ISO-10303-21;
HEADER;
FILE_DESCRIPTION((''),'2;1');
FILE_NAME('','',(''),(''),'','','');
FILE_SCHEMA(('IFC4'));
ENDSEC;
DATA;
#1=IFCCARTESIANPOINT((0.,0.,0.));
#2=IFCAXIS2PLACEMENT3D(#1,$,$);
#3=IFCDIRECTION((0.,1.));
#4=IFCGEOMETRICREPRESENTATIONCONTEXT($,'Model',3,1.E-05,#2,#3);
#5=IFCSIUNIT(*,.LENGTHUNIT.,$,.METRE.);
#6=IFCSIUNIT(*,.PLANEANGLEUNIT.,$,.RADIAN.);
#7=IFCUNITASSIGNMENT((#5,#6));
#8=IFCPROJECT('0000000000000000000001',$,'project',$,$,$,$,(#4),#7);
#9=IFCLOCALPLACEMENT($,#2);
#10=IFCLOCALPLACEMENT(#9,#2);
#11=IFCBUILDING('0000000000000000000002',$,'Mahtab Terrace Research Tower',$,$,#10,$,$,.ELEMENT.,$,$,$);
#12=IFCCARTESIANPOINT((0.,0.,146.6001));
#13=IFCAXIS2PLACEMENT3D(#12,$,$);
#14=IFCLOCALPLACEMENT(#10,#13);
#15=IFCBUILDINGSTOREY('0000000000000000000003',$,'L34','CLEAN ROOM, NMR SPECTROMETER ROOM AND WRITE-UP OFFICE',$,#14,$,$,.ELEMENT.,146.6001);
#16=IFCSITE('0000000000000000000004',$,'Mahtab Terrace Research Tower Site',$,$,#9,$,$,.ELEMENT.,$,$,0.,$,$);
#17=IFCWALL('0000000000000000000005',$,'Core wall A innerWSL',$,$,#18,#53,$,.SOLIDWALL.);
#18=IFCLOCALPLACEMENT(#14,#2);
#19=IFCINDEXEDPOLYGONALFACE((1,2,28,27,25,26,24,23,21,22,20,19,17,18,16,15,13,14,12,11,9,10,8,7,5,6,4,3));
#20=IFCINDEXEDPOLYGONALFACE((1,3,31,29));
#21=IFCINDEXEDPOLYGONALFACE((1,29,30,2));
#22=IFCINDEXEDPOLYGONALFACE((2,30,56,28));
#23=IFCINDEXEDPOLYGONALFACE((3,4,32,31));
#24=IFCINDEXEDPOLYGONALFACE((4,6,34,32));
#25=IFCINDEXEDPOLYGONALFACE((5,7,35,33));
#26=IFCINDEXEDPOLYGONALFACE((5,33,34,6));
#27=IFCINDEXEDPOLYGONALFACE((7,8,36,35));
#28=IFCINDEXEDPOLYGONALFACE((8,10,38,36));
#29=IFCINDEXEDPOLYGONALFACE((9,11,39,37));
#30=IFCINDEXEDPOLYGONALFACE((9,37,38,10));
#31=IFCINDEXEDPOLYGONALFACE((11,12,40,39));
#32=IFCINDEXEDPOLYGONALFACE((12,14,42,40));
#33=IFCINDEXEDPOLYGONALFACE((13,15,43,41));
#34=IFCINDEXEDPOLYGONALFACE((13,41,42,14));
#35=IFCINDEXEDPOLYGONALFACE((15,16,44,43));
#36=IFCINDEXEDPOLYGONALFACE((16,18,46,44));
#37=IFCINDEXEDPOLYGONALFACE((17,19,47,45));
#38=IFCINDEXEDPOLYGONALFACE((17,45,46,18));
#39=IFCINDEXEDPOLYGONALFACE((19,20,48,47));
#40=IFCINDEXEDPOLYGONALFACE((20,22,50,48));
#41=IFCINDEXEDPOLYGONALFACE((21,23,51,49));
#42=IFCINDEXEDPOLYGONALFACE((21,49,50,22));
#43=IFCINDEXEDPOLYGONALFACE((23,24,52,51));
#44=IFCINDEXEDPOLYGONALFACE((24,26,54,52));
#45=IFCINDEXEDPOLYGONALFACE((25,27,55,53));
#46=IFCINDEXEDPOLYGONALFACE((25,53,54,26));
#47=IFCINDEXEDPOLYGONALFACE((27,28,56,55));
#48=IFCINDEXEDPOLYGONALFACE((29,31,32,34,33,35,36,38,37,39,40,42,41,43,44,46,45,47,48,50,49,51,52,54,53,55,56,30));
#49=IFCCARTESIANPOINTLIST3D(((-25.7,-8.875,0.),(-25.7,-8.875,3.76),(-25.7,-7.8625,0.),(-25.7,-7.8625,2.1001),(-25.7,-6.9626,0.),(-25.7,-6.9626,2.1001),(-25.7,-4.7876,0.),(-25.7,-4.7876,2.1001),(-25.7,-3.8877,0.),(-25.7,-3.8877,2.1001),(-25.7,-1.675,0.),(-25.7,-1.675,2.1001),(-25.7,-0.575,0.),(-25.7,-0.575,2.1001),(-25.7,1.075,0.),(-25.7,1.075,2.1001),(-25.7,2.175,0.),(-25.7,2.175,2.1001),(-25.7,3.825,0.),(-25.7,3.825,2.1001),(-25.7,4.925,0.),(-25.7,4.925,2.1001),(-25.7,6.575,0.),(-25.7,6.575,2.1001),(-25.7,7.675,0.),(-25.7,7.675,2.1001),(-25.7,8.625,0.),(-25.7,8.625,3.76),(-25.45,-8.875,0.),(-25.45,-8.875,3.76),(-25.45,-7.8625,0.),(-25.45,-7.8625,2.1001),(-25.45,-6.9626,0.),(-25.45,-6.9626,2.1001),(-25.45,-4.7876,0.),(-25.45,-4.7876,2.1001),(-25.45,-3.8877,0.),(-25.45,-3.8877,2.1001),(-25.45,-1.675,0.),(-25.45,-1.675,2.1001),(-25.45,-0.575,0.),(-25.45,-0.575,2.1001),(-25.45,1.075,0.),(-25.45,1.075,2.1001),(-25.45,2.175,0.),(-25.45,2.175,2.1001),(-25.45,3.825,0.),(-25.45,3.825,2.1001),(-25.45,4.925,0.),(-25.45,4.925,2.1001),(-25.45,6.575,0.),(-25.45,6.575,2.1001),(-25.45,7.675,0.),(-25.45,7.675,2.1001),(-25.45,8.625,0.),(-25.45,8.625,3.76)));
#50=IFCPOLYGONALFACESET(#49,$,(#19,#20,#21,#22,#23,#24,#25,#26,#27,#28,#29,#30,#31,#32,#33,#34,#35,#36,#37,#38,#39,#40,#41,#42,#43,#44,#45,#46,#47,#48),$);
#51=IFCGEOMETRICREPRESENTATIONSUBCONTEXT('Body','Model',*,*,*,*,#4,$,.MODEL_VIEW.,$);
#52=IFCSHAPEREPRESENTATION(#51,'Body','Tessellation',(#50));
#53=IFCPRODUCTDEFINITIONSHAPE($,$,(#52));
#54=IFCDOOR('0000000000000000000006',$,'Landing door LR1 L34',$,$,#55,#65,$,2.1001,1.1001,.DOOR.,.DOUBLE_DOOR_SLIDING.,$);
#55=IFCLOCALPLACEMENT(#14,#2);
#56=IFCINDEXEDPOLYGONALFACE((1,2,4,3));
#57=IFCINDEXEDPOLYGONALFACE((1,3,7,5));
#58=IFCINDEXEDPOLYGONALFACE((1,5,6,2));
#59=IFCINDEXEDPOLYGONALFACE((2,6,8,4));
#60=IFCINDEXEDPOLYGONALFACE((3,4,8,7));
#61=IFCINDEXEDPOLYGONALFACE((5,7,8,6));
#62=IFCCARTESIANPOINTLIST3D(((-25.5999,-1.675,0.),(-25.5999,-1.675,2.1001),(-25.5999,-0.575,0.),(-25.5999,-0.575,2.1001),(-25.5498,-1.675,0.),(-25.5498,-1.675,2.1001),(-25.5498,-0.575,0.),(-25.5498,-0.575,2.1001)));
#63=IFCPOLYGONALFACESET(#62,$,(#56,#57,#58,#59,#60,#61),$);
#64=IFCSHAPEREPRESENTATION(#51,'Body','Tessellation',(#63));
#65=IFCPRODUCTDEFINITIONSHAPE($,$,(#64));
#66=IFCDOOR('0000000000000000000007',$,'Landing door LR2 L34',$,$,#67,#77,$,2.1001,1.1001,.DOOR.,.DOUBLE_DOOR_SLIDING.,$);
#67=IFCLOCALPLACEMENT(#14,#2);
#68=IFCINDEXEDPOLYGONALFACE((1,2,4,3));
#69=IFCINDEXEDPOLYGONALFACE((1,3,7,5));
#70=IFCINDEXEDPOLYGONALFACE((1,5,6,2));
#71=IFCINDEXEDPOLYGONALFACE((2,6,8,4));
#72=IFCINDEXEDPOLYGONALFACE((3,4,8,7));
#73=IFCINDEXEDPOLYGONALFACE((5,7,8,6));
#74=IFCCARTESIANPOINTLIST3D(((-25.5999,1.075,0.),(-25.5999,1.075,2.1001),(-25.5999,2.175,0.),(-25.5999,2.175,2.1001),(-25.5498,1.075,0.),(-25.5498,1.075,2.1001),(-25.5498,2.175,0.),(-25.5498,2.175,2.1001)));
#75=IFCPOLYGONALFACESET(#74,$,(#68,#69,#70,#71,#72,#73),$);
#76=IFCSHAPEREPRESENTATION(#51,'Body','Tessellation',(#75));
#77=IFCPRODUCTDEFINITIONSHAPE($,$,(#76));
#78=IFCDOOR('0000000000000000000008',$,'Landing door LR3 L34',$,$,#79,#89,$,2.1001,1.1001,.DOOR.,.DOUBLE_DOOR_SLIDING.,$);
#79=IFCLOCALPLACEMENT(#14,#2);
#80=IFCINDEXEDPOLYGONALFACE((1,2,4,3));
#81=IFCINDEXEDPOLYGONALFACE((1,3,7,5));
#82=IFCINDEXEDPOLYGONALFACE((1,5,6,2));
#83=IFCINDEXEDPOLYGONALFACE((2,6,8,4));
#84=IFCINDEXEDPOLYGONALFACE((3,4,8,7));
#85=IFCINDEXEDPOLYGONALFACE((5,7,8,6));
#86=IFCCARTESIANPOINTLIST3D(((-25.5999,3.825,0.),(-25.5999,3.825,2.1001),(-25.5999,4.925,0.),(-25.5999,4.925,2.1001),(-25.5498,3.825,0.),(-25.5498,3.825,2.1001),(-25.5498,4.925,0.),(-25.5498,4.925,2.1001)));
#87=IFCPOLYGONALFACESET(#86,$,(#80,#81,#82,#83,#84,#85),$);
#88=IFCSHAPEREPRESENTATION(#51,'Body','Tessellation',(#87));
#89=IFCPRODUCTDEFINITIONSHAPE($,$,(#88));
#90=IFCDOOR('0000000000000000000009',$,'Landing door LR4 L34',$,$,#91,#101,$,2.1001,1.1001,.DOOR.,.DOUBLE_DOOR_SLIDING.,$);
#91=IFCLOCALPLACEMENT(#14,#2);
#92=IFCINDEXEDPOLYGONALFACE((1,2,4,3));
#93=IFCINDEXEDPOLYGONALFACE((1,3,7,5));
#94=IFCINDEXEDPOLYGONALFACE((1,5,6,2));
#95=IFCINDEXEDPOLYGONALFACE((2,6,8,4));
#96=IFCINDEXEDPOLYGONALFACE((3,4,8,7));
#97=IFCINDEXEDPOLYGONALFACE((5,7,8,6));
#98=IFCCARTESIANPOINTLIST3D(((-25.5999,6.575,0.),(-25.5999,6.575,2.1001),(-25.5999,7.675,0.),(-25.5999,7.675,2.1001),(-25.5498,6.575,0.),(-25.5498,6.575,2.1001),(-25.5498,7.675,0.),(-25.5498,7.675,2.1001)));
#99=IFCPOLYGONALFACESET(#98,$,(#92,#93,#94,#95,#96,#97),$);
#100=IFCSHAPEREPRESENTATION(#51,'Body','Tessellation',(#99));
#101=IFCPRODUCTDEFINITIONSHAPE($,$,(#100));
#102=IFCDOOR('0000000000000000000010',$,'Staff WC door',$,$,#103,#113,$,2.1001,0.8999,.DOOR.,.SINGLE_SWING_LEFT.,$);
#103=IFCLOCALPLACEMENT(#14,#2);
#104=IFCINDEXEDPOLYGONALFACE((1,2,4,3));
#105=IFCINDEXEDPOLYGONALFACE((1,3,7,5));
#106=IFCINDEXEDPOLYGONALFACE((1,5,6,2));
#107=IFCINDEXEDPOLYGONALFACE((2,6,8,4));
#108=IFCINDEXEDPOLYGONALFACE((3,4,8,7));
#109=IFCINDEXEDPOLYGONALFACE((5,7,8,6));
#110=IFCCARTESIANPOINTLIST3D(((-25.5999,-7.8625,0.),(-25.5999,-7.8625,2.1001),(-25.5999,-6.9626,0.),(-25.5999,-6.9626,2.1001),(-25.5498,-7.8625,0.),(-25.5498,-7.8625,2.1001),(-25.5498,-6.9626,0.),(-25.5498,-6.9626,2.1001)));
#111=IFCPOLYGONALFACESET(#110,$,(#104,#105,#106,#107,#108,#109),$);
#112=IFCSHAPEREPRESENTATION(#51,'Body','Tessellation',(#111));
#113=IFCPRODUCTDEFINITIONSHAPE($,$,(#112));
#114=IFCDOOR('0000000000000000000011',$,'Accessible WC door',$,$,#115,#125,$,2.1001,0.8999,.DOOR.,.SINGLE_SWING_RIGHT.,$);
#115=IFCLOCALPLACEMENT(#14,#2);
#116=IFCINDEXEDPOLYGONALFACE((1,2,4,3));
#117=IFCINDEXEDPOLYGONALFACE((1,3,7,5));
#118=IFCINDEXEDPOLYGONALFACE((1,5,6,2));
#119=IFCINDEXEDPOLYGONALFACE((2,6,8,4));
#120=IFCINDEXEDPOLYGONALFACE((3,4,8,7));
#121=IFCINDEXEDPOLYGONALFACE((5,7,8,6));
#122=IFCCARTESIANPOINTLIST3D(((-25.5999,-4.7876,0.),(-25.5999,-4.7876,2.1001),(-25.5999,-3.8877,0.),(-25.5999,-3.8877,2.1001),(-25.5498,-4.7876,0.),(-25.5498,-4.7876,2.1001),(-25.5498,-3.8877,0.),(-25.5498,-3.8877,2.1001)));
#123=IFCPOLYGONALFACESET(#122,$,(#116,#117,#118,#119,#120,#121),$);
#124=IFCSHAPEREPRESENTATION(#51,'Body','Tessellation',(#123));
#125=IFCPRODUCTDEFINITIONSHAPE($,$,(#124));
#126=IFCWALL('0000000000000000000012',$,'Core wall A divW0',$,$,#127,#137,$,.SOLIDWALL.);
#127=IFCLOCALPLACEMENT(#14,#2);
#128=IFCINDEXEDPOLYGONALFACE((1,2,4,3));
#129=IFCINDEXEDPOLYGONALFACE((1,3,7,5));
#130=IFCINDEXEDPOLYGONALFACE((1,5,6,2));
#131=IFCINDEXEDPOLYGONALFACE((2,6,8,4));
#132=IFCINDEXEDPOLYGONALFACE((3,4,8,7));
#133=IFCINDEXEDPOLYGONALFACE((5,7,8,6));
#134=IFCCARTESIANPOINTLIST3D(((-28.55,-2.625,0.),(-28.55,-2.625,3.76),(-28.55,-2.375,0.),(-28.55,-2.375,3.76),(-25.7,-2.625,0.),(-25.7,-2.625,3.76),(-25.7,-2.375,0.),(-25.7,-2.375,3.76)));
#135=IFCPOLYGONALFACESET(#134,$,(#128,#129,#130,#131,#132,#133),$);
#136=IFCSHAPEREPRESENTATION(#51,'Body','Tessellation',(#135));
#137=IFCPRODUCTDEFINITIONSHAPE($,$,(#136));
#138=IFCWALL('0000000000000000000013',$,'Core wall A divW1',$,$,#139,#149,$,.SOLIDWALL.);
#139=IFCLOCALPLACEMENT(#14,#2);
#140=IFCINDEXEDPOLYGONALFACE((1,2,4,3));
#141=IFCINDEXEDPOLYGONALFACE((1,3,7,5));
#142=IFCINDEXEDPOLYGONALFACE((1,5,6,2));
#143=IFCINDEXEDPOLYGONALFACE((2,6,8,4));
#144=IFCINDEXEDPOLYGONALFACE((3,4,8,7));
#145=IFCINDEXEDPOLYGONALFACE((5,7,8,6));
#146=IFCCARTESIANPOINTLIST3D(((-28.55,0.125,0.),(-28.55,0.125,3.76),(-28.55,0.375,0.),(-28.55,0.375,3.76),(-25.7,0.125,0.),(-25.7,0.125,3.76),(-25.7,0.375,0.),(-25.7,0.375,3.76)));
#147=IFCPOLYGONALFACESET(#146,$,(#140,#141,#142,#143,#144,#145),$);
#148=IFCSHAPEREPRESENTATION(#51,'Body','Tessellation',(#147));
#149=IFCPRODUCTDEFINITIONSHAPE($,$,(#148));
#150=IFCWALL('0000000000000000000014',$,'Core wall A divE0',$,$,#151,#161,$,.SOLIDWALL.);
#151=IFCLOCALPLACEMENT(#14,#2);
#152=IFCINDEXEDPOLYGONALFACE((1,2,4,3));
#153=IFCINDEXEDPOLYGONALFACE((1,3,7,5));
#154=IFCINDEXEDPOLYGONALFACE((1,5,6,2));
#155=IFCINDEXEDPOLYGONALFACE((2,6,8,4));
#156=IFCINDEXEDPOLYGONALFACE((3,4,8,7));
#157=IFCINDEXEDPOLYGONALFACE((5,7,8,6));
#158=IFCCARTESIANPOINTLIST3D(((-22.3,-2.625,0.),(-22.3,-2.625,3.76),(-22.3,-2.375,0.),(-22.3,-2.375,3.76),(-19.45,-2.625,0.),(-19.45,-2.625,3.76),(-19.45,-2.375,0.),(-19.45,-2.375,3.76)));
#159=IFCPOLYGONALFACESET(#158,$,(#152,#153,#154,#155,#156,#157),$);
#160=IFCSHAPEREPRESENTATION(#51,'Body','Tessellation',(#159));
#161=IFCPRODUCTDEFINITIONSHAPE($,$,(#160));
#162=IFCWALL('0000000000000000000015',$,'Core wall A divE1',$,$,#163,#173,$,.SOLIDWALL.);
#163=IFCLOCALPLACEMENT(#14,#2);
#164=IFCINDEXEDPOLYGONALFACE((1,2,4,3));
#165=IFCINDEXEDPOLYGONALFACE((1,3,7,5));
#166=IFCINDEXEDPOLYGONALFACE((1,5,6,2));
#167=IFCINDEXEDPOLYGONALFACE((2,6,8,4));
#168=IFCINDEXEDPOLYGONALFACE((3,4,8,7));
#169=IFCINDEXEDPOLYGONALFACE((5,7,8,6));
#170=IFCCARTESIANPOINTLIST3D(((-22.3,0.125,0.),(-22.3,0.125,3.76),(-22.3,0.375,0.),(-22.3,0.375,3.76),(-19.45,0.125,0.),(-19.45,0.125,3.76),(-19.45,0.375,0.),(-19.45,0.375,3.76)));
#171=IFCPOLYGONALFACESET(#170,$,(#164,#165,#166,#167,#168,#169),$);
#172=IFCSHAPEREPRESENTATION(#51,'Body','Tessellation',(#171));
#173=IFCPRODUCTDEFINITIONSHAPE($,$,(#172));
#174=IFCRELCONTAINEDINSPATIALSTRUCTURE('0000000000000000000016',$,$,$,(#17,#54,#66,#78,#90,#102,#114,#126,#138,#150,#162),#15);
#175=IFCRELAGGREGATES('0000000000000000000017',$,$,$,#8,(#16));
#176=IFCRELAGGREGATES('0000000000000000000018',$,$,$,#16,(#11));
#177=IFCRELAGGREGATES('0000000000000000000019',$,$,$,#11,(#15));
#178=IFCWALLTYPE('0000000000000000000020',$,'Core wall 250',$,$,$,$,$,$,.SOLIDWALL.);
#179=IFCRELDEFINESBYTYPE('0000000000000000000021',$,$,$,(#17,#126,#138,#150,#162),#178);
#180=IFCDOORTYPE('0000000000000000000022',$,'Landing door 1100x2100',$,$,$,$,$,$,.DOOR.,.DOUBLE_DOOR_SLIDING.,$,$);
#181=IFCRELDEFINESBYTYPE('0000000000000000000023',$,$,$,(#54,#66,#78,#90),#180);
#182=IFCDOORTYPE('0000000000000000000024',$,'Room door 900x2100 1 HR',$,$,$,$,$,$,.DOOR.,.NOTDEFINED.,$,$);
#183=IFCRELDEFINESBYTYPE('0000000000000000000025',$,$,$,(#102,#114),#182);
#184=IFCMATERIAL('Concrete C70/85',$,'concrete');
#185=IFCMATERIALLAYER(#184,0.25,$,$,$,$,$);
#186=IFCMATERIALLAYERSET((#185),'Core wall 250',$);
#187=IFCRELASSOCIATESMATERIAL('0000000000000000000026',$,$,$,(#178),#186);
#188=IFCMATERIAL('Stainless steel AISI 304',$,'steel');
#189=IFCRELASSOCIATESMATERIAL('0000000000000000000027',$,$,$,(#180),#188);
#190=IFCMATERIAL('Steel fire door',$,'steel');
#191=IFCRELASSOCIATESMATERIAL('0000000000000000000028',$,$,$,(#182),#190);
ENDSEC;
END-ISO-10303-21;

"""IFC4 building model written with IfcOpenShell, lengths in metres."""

from ifc_helpers import new_model, si_unit, direction, frame, frame_2d, origin, place, context, subcontext, project, spatial, rectangle, extrude, material, layer, layer_set, type_object, element, fill, save


model = new_model("IFC4")

# Units and contexts
model_context = context("Model", 3, precision=1e-05, world=origin(), true_north=direction((0.0, 1.0)))
body_context = subcontext(model_context, "Body", "Model", "MODEL_VIEW")
ifc_project = project(units=[si_unit("LENGTHUNIT", "METRE"), si_unit("PLANEANGLEUNIT", "RADIAN")], contexts=[model_context])

# Site, building, storey
site_placement = place(None, origin())
site = spatial("IfcSite", under=ifc_project, at=site_placement, Name="Mahtab Terrace Research Tower Site", CompositionType="ELEMENT", RefElevation=0.0)
building_placement = place(site_placement, origin())
building = spatial("IfcBuilding", under=site, at=building_placement, Name="Mahtab Terrace Research Tower", CompositionType="ELEMENT")
storey_placement = place(building_placement, frame((0.0, 0.0, 146.6001)))
storey = spatial("IfcBuildingStorey", under=building, at=storey_placement, Name="L34", Description="CLEAN ROOM, NMR SPECTROMETER ROOM AND WRITE-UP OFFICE", CompositionType="ELEMENT", Elevation=146.6001)

# Shared definitions
ifc_material_1 = material(Name="Concrete C70/85", Category="concrete")

# Shared definitions
ifc_layer_1 = layer(ifc_material_1, 0.25)
ifc_layer_set_1 = layer_set([ifc_layer_1], Name="Core wall 250")
wall_type_1 = type_object("IfcWallType", Name="Core wall 250", PredefinedType="SOLIDWALL", material=ifc_layer_set_1)

# Shared definitions
ifc_material_2 = material(Name="Steel fire door", Category="steel")

# Wall, openings, doors
wall_1_placement = place(storey_placement, frame((-25.575, -8.875, 0.0), z_axis=(0.0, 0.0, 1.0), x_axis=(0.0, 1.0, 0.0)))
wall_1 = element("IfcWall", 1, at=wall_1_placement, inside=storey, type_object=wall_type_1, Name="Core wall A innerWSL", PredefinedType="SOLIDWALL", context=body_context, shape_type="SweptSolid", body=[
    extrude(rectangle(XDim=17.5, YDim=0.25, at=frame_2d((8.75, 0.0))), origin(), (0.0, 0.0, 1.0), 3.76),
])
opening_1_placement = place(wall_1_placement, frame((7.2, 0.0, 0.0)))
opening_1 = element("IfcOpeningElement", 2, at=opening_1_placement, cuts=wall_1, PredefinedType="OPENING", context=body_context, shape_type="SweptSolid", body=[
    extrude(rectangle(XDim=1.1001, YDim=2.1001, at=frame_2d((0.55, 1.05))), frame((0.0, 0.135, 0.0), z_axis=(0.0, -1.0, 0.0), x_axis=(1.0, 0.0, 0.0)), (0.0, 0.0, 1.0), 0.27),
])
opening_2_placement = place(wall_1_placement, frame((9.95, 0.0, 0.0)))
opening_2 = element("IfcOpeningElement", 3, at=opening_2_placement, cuts=wall_1, PredefinedType="OPENING", context=body_context, shape_type="SweptSolid", body=[
    extrude(rectangle(XDim=1.1001, YDim=2.1001, at=frame_2d((0.55, 1.05))), frame((0.0, 0.135, 0.0), z_axis=(0.0, -1.0, 0.0), x_axis=(1.0, 0.0, 0.0)), (0.0, 0.0, 1.0), 0.27),
])
opening_3_placement = place(wall_1_placement, frame((12.7, 0.0, 0.0)))
opening_3 = element("IfcOpeningElement", 4, at=opening_3_placement, cuts=wall_1, PredefinedType="OPENING", context=body_context, shape_type="SweptSolid", body=[
    extrude(rectangle(XDim=1.1001, YDim=2.1001, at=frame_2d((0.55, 1.05))), frame((0.0, 0.135, 0.0), z_axis=(0.0, -1.0, 0.0), x_axis=(1.0, 0.0, 0.0)), (0.0, 0.0, 1.0), 0.27),
])
opening_4_placement = place(wall_1_placement, frame((15.45, 0.0, 0.0)))
opening_4 = element("IfcOpeningElement", 5, at=opening_4_placement, cuts=wall_1, PredefinedType="OPENING", context=body_context, shape_type="SweptSolid", body=[
    extrude(rectangle(XDim=1.1001, YDim=2.1001, at=frame_2d((0.55, 1.05))), frame((0.0, 0.135, 0.0), z_axis=(0.0, -1.0, 0.0), x_axis=(1.0, 0.0, 0.0)), (0.0, 0.0, 1.0), 0.27),
])
opening_5_placement = place(wall_1_placement, frame((1.0125, 0.0, 0.0)))
opening_5 = element("IfcOpeningElement", 6, at=opening_5_placement, cuts=wall_1, PredefinedType="OPENING", context=body_context, shape_type="SweptSolid", body=[
    extrude(rectangle(XDim=0.8999, YDim=2.1001, at=frame_2d((0.45, 1.05))), frame((0.0, 0.135, 0.0), z_axis=(0.0, -1.0, 0.0), x_axis=(1.0, 0.0, 0.0)), (0.0, 0.0, 1.0), 0.27),
])
opening_6_placement = place(wall_1_placement, frame((4.0874, 0.0, 0.0)))
opening_6 = element("IfcOpeningElement", 7, at=opening_6_placement, cuts=wall_1, PredefinedType="OPENING", context=body_context, shape_type="SweptSolid", body=[
    extrude(rectangle(XDim=0.8999, YDim=2.1001, at=frame_2d((0.45, 1.05))), frame((0.0, 0.135, 0.0), z_axis=(0.0, -1.0, 0.0), x_axis=(1.0, 0.0, 0.0)), (0.0, 0.0, 1.0), 0.27),
])
ifc_material_3 = material(Name="Stainless steel AISI 304", Category="steel")
door_type_1 = type_object("IfcDoorType", Name="Landing door 1100x2100", OperationType="DOUBLE_DOOR_SLIDING", PredefinedType="DOOR", material=ifc_material_3)
door_1_placement = place(opening_1_placement, origin())
door_1 = element("IfcDoor", 8, at=door_1_placement, inside=storey, type_object=door_type_1, Name="Landing door LR1 L34", OperationType="DOUBLE_DOOR_SLIDING", OverallHeight=2.1001, OverallWidth=1.1001, PredefinedType="DOOR", context=body_context, shape_type="SweptSolid", body=[
    extrude(rectangle(XDim=1.1001, YDim=2.1001, at=frame_2d((0.55, 1.05))), frame((0.0, 0.0249, 0.0), z_axis=(0.0, -1.0, 0.0), x_axis=(1.0, 0.0, 0.0)), (0.0, 0.0, 1.0), 0.05),
])
fill(opening_1, door_1)
door_2_placement = place(opening_2_placement, origin())
door_2 = element("IfcDoor", 9, at=door_2_placement, inside=storey, type_object=door_type_1, Name="Landing door LR2 L34", OperationType="DOUBLE_DOOR_SLIDING", OverallHeight=2.1001, OverallWidth=1.1001, PredefinedType="DOOR", context=body_context, shape_type="SweptSolid", body=[
    extrude(rectangle(XDim=1.1001, YDim=2.1001, at=frame_2d((0.55, 1.05))), frame((0.0, 0.0249, 0.0), z_axis=(0.0, -1.0, 0.0), x_axis=(1.0, 0.0, 0.0)), (0.0, 0.0, 1.0), 0.05),
])
fill(opening_2, door_2)
door_3_placement = place(opening_3_placement, origin())
door_3 = element("IfcDoor", 10, at=door_3_placement, inside=storey, type_object=door_type_1, Name="Landing door LR3 L34", OperationType="DOUBLE_DOOR_SLIDING", OverallHeight=2.1001, OverallWidth=1.1001, PredefinedType="DOOR", context=body_context, shape_type="SweptSolid", body=[
    extrude(rectangle(XDim=1.1001, YDim=2.1001, at=frame_2d((0.55, 1.05))), frame((0.0, 0.0249, 0.0), z_axis=(0.0, -1.0, 0.0), x_axis=(1.0, 0.0, 0.0)), (0.0, 0.0, 1.0), 0.05),
])
fill(opening_3, door_3)
door_4_placement = place(opening_4_placement, origin())
door_4 = element("IfcDoor", 11, at=door_4_placement, inside=storey, type_object=door_type_1, Name="Landing door LR4 L34", OperationType="DOUBLE_DOOR_SLIDING", OverallHeight=2.1001, OverallWidth=1.1001, PredefinedType="DOOR", context=body_context, shape_type="SweptSolid", body=[
    extrude(rectangle(XDim=1.1001, YDim=2.1001, at=frame_2d((0.55, 1.05))), frame((0.0, 0.0249, 0.0), z_axis=(0.0, -1.0, 0.0), x_axis=(1.0, 0.0, 0.0)), (0.0, 0.0, 1.0), 0.05),
])
fill(opening_4, door_4)
door_type_2 = type_object("IfcDoorType", Name="Room door 900x2100 1 HR", OperationType="NOTDEFINED", PredefinedType="DOOR", material=ifc_material_2)
door_5_placement = place(opening_5_placement, origin())
door_5 = element("IfcDoor", 12, at=door_5_placement, inside=storey, type_object=door_type_2, Name="Staff WC door", OperationType="SINGLE_SWING_LEFT", OverallHeight=2.1001, OverallWidth=0.8999, PredefinedType="DOOR", context=body_context, shape_type="SweptSolid", body=[
    extrude(rectangle(XDim=0.8999, YDim=2.1001, at=frame_2d((0.45, 1.05))), frame((0.0, 0.0249, 0.0), z_axis=(0.0, -1.0, 0.0), x_axis=(1.0, 0.0, 0.0)), (0.0, 0.0, 1.0), 0.05),
])
fill(opening_5, door_5)
door_6_placement = place(opening_6_placement, origin())
door_6 = element("IfcDoor", 13, at=door_6_placement, inside=storey, type_object=door_type_2, Name="Accessible WC door", OperationType="SINGLE_SWING_RIGHT", OverallHeight=2.1001, OverallWidth=0.8999, PredefinedType="DOOR", context=body_context, shape_type="SweptSolid", body=[
    extrude(rectangle(XDim=0.8999, YDim=2.1001, at=frame_2d((0.45, 1.05))), frame((0.0, 0.0249, 0.0), z_axis=(0.0, -1.0, 0.0), x_axis=(1.0, 0.0, 0.0)), (0.0, 0.0, 1.0), 0.05),
])
fill(opening_6, door_6)

# Walls
for number, where, z_axis, x_axis, name in (
    (14, (-28.55, -2.5, 0.0), (0.0, 0.0, 1.0), (1.0, 0.0, 0.0), "Core wall A divW0"),
    (15, (-28.55, 0.25, 0.0), (0.0, 0.0, 1.0), (1.0, 0.0, 0.0), "Core wall A divW1"),
    (16, (-22.3, -2.5, 0.0), (0.0, 0.0, 1.0), (1.0, 0.0, 0.0), "Core wall A divE0"),
    (17, (-22.3, 0.25, 0.0), (0.0, 0.0, 1.0), (1.0, 0.0, 0.0), "Core wall A divE1"),
):
    element("IfcWall", number, at=place(storey_placement, frame(where, z_axis=z_axis, x_axis=x_axis)), inside=storey, type_object=wall_type_1, Name=name, PredefinedType="SOLIDWALL", context=body_context, shape_type="SweptSolid", body=[
        extrude(rectangle(XDim=2.8501, YDim=0.25, at=frame_2d((1.425, 0.0))), origin(), (0.0, 0.0, 1.0), 3.76),
    ])

save(model, "model.ifc")
